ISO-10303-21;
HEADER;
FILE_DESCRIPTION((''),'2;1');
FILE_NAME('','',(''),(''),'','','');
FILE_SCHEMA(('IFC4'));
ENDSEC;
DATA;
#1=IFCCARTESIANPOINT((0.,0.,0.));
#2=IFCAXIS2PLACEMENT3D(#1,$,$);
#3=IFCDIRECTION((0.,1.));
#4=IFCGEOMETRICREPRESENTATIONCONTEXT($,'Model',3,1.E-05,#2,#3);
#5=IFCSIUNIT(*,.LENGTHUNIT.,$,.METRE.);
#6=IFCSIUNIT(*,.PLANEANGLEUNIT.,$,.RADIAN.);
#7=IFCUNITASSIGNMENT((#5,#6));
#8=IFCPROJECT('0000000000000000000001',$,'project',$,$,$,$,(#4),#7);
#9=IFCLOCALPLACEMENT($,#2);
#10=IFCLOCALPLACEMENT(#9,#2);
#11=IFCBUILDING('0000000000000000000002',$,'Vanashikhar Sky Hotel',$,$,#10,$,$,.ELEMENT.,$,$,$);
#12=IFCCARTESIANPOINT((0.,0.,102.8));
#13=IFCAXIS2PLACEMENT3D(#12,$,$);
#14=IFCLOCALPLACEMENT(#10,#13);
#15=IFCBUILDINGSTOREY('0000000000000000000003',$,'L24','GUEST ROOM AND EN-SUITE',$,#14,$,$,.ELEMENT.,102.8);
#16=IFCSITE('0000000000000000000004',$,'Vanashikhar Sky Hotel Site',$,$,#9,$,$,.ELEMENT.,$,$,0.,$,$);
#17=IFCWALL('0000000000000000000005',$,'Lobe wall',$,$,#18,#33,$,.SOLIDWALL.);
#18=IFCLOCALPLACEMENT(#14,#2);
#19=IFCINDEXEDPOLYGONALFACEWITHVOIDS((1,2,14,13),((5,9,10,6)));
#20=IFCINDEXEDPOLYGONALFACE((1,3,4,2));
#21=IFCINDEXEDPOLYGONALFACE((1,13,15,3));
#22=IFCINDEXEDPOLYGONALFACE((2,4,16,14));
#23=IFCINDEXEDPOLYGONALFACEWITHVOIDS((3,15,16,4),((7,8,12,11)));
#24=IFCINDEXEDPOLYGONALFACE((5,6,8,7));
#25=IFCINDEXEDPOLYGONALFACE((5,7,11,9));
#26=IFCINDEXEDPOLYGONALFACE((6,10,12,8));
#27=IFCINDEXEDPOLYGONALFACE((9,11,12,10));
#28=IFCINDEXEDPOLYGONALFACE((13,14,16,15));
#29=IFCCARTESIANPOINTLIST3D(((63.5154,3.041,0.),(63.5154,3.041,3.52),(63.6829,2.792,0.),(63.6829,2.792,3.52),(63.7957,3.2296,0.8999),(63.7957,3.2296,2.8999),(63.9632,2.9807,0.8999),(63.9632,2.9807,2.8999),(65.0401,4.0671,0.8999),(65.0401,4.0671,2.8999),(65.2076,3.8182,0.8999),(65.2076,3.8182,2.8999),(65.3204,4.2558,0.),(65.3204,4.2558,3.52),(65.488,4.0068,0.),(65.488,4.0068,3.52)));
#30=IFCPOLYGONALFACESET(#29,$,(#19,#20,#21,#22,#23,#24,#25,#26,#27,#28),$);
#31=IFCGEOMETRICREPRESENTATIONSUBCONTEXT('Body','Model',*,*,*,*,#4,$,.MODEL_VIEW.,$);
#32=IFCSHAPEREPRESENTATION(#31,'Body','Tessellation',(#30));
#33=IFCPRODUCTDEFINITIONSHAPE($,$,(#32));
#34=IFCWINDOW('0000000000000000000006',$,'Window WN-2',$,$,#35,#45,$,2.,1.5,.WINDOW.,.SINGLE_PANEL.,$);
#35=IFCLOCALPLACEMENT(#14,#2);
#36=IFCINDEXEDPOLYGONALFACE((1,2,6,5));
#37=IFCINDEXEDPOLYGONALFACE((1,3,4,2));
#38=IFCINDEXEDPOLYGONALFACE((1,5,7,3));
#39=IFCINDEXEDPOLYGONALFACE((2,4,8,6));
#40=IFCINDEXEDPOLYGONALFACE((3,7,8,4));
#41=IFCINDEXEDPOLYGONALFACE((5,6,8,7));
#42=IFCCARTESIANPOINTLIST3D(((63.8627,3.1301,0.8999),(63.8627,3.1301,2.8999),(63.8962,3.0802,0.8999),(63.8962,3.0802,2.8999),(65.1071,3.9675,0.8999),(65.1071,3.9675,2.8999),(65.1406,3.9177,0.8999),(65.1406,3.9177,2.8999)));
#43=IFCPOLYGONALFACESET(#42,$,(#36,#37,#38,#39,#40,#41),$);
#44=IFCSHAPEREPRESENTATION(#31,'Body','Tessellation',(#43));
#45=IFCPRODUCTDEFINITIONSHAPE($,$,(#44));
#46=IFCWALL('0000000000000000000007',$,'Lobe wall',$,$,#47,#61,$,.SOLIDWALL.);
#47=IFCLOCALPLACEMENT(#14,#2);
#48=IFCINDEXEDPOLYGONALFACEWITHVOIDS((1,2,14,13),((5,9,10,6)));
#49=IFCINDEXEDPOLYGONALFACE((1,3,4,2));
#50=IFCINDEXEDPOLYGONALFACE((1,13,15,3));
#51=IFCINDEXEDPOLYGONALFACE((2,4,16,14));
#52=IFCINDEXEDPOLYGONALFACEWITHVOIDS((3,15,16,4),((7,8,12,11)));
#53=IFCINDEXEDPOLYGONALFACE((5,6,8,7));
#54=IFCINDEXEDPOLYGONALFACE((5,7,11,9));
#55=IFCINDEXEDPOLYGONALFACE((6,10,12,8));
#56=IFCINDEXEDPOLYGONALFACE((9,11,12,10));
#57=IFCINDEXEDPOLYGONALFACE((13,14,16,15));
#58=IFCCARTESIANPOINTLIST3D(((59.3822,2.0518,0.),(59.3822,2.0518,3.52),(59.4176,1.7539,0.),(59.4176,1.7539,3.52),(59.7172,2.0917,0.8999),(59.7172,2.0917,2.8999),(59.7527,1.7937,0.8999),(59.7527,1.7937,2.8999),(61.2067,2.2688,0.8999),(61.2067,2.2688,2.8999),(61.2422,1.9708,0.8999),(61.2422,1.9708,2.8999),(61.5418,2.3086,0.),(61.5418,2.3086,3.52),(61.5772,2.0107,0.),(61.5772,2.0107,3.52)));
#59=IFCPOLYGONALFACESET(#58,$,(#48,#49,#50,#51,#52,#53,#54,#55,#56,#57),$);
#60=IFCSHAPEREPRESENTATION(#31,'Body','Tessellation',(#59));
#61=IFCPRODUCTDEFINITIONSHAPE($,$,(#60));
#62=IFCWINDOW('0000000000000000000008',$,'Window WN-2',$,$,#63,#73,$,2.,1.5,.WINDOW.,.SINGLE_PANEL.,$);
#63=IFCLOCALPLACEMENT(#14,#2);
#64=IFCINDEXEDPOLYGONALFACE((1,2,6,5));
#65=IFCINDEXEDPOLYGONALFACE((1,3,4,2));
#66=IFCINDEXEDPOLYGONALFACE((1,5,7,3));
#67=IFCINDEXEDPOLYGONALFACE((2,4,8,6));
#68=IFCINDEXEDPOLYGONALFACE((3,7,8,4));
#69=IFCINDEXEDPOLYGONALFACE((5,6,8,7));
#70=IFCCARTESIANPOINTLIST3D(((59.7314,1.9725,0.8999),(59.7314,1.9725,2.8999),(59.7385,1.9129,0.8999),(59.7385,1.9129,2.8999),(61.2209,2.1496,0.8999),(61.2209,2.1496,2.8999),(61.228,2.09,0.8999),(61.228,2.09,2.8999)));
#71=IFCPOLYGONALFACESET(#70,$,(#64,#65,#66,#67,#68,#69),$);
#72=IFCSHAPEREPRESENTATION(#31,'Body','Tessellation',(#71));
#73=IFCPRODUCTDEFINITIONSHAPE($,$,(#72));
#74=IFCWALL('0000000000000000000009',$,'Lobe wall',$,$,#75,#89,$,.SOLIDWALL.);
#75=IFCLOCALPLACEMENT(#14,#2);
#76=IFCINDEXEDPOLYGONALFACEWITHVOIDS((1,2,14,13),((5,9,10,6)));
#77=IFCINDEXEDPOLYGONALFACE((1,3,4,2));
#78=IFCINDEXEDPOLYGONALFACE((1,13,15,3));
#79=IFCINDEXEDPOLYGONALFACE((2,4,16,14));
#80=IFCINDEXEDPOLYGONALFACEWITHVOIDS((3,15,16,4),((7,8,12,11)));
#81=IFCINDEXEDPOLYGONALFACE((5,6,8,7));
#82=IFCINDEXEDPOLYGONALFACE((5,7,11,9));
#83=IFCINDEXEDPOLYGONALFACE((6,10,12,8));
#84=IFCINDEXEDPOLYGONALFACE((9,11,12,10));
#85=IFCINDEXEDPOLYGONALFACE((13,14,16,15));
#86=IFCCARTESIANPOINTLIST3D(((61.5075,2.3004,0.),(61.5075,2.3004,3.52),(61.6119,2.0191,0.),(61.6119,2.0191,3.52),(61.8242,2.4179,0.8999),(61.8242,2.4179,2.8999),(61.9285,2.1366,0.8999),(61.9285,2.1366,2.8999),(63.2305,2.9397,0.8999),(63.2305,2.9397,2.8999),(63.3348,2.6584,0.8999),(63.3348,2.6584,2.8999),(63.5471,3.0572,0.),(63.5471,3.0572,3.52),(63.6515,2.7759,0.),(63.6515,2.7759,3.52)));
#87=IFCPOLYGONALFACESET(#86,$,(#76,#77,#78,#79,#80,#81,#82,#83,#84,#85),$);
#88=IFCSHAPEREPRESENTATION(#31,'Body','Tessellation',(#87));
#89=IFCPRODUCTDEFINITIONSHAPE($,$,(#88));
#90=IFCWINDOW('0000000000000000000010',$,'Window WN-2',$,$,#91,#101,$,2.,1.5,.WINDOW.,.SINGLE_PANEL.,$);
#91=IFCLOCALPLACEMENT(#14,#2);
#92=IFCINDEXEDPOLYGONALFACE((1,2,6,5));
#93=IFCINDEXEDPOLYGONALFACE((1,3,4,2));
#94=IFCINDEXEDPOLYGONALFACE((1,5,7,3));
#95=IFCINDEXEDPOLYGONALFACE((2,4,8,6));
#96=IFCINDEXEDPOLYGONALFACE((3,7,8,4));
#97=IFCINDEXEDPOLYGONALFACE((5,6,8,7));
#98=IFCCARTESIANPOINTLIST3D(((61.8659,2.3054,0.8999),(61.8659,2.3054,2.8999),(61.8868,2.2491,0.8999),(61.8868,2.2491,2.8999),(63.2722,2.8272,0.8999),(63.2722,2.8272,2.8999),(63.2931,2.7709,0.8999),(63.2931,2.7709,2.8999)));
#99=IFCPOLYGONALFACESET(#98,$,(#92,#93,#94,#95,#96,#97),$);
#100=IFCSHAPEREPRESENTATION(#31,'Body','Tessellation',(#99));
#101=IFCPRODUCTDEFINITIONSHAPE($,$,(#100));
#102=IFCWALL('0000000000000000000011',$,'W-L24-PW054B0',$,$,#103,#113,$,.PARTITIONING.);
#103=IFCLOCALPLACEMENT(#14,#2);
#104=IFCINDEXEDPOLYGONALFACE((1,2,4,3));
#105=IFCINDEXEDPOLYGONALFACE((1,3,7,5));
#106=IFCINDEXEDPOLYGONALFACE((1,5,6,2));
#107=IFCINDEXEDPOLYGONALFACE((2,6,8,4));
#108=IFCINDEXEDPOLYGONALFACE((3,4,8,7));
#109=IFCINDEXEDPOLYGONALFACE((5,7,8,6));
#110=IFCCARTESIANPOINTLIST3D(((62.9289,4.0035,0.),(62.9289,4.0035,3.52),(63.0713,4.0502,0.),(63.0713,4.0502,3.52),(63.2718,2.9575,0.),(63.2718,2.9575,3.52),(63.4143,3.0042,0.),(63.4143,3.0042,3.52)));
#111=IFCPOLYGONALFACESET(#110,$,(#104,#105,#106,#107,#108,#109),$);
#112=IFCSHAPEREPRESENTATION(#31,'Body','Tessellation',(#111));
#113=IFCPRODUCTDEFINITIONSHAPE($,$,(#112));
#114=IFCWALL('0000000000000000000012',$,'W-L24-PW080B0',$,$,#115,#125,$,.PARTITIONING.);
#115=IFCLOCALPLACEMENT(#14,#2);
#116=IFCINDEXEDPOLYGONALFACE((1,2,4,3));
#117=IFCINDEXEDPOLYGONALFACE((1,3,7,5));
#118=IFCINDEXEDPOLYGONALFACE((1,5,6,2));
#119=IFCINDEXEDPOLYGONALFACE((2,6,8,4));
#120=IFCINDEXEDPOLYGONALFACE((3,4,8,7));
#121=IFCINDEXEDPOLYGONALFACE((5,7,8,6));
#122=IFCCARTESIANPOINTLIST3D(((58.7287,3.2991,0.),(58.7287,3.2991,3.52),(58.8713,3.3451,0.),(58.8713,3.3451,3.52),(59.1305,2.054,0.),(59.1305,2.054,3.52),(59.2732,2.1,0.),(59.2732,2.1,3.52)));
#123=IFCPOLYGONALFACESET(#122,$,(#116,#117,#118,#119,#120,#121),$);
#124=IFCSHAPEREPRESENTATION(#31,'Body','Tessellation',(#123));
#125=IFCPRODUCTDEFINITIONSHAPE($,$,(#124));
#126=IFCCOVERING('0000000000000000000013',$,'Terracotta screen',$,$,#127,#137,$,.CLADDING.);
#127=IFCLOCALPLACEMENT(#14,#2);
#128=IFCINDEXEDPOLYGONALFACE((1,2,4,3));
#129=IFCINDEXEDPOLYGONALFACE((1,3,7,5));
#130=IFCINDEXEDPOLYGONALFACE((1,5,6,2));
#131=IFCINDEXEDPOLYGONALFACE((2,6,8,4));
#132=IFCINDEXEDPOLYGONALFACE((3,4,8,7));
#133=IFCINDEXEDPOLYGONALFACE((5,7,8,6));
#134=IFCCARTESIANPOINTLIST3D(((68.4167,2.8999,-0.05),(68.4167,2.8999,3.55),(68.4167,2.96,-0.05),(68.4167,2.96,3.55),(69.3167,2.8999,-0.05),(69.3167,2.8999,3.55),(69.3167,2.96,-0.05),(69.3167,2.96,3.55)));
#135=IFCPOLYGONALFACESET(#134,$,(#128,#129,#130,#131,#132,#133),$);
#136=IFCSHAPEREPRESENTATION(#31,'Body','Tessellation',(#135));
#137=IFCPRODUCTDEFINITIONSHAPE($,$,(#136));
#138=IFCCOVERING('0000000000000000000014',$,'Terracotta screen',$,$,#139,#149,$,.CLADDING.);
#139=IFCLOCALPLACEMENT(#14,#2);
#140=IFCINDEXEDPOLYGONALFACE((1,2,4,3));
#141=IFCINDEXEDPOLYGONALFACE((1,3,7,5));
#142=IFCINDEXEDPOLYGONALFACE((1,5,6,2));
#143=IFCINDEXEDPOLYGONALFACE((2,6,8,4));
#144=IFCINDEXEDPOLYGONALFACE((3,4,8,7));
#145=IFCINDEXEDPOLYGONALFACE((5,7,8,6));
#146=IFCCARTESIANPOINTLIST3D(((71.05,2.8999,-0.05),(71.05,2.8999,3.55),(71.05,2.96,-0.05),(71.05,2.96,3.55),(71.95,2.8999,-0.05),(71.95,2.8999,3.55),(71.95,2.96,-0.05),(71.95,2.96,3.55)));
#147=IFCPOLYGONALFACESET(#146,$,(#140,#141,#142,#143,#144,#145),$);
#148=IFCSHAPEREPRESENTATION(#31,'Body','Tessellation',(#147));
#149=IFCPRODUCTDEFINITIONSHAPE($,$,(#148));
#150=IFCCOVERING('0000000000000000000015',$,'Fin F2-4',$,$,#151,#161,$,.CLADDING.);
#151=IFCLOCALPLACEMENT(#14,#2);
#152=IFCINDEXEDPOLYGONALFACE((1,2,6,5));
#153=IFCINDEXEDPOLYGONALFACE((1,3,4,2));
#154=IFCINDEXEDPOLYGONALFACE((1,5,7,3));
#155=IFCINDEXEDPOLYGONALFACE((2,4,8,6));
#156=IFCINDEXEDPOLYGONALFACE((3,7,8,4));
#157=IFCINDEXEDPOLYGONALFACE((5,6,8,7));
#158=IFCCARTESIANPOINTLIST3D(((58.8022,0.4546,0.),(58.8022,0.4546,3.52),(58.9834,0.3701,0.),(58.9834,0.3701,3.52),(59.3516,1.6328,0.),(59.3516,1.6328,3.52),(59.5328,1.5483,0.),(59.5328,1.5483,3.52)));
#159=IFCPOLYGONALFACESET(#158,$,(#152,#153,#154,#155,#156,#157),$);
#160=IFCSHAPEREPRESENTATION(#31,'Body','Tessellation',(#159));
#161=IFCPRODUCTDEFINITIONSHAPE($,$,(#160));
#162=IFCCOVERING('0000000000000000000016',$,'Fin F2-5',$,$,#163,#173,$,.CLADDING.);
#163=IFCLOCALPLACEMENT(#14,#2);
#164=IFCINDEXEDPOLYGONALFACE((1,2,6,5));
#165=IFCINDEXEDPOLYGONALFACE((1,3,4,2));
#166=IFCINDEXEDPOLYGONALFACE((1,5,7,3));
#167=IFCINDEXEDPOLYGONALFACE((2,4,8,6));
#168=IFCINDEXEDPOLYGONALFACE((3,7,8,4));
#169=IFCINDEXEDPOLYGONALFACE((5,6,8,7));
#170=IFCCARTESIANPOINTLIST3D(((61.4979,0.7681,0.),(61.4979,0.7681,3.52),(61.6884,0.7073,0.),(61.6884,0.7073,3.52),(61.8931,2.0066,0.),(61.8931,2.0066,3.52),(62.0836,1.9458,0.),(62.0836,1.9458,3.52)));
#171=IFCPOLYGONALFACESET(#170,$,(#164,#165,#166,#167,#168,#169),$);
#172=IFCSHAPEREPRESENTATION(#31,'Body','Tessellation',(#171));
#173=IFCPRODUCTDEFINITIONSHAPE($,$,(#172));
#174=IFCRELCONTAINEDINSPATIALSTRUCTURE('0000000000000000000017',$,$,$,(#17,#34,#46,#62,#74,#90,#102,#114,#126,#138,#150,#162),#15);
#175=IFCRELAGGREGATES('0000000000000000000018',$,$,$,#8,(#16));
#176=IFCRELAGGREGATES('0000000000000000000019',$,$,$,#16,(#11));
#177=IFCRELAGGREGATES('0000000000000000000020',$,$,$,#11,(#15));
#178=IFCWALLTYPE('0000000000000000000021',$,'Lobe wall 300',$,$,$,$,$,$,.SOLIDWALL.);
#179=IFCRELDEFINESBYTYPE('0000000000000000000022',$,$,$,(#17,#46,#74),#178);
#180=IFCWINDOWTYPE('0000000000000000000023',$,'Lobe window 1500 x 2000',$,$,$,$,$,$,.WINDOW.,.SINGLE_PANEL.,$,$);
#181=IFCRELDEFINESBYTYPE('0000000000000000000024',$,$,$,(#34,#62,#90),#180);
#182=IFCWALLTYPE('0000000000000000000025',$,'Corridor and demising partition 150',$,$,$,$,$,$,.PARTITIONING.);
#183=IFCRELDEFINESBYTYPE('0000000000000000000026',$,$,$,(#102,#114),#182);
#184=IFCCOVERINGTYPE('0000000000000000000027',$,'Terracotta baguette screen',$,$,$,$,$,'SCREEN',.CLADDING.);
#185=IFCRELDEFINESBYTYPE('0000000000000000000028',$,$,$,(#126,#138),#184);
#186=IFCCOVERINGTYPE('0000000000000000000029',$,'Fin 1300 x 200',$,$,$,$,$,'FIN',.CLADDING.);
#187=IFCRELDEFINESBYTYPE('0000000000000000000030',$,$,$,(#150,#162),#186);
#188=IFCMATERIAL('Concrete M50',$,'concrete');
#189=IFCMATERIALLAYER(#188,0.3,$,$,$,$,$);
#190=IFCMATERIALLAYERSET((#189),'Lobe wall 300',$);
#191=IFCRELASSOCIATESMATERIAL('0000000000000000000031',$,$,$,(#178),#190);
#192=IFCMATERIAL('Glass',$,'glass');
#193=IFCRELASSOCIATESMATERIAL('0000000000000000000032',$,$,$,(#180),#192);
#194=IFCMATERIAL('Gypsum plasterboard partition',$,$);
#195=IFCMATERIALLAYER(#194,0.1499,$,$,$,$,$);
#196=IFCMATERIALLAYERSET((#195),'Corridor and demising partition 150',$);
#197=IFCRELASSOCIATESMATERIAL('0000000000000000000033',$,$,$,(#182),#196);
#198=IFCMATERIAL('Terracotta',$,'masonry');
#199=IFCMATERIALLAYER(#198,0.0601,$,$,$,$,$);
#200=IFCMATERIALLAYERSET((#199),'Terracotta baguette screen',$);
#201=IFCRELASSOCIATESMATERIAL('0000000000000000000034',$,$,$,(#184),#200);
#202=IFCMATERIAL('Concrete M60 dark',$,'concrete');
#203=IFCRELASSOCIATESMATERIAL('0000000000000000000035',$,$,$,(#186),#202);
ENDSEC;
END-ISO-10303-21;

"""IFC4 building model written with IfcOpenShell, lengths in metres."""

from ifc_helpers import new_model, si_unit, direction, frame, frame_2d, origin, origin_2d, place, context, subcontext, project, spatial, rectangle, extrude, source, transform, mapped, material, layer, layer_set, material_profile, profile_set, type_object, element, fill, save


model = new_model("IFC4")

# Units and contexts
model_context = context("Model", 3, precision=1e-05, world=origin(), true_north=direction((0.0, 1.0)))
body_context = subcontext(model_context, "Body", "Model", "MODEL_VIEW")
ifc_project = project(units=[si_unit("LENGTHUNIT", "METRE"), si_unit("PLANEANGLEUNIT", "RADIAN")], contexts=[model_context])

# Site, building, storey
site_placement = place(None, origin())
site = spatial("IfcSite", under=ifc_project, at=site_placement, Name="Vanashikhar Sky Hotel Site", CompositionType="ELEMENT", RefElevation=0.0)
building_placement = place(site_placement, origin())
building = spatial("IfcBuilding", under=site, at=building_placement, Name="Vanashikhar Sky Hotel", CompositionType="ELEMENT")
storey_placement = place(building_placement, frame((0.0, 0.0, 102.8)))
storey = spatial("IfcBuildingStorey", under=building, at=storey_placement, Name="L24", Description="GUEST ROOM AND EN-SUITE", CompositionType="ELEMENT", Elevation=102.8)

# Walls, openings, windows
ifc_material_1 = material(Name="Concrete M50", Category="concrete")
ifc_layer_1 = layer(ifc_material_1, 0.3)
ifc_layer_set_1 = layer_set([ifc_layer_1], Name="Lobe wall 300")
wall_type_1 = type_object("IfcWallType", Name="Lobe wall 300", PredefinedType="SOLIDWALL", material=ifc_layer_set_1)
shared_shape_1 = source(origin(), body_context, "Body", "SweptSolid", [
    extrude(rectangle(XDim=2.1758, YDim=0.3, at=frame_2d((1.0879, 0.0))), origin(), (0.0, 0.0, 1.0), 3.52),
])
wall_1_placement = place(storey_placement, frame((63.5991, 2.9165, 0.0), z_axis=(0.0, 0.0, 1.0), x_axis=(0.829626, 0.55832, 0.0)))
wall_1 = element("IfcWall", 1, at=wall_1_placement, inside=storey, type_object=wall_type_1, Name="Lobe wall", PredefinedType="SOLIDWALL", context=body_context, shape_type="MappedRepresentation", body=[
    mapped(shared_shape_1, transform((0.0, 0.0, 0.0), scale=1.0)),
])
shared_shape_2 = source(origin(), body_context, "Body", "SweptSolid", [
    extrude(rectangle(XDim=1.5, YDim=2.0, at=frame_2d((0.75, 1.0))), frame((0.0, 0.1602, 0.0), z_axis=(0.0, -1.0, 0.0), x_axis=(1.0, 0.0, 0.0)), (0.0, 0.0, 1.0), 0.3201),
])
opening_1_placement = place(wall_1_placement, frame((0.3379, 0.0, 0.8999)))
opening_1 = element("IfcOpeningElement", 2, at=opening_1_placement, cuts=wall_1, PredefinedType="OPENING", context=body_context, shape_type="MappedRepresentation", body=[
    mapped(shared_shape_2, transform((0.0, 0.0, 0.0), scale=1.0)),
])
ifc_material_2 = material(Name="Glass", Category="glass")
window_type = type_object("IfcWindowType", Name="Lobe window 1500 x 2000", PartitioningType="SINGLE_PANEL", PredefinedType="WINDOW", material=ifc_material_2)
shared_shape_3 = source(origin(), body_context, "Body", "SweptSolid", [
    extrude(rectangle(XDim=1.5, YDim=2.0, at=frame_2d((0.75, 1.0))), frame((0.0, 0.03, 0.0), z_axis=(0.0, -1.0, 0.0), x_axis=(1.0, 0.0, 0.0)), (0.0, 0.0, 1.0), 0.0601),
])
window_1_placement = place(opening_1_placement, origin())
window_1 = element("IfcWindow", 3, at=window_1_placement, inside=storey, type_object=window_type, Name="Window WN-2", OverallHeight=2.0, OverallWidth=1.5, PartitioningType="SINGLE_PANEL", PredefinedType="WINDOW", context=body_context, shape_type="MappedRepresentation", body=[
    mapped(shared_shape_3, transform((0.0, 0.0, 0.0), scale=1.0)),
])
fill(opening_1, window_1)
shared_shape_4 = source(origin(), body_context, "Body", "SweptSolid", [
    extrude(rectangle(XDim=2.1748, YDim=0.3, at=frame_2d((1.0874, 0.0))), origin(), (0.0, 0.0, 1.0), 3.52),
])
wall_2_placement = place(storey_placement, frame((59.3999, 1.9028, 0.0), z_axis=(0.0, 0.0, 1.0), x_axis=(0.993003, 0.118092, 0.0)))
wall_2 = element("IfcWall", 4, at=wall_2_placement, inside=storey, type_object=wall_type_1, Name="Lobe wall", PredefinedType="SOLIDWALL", context=body_context, shape_type="MappedRepresentation", body=[
    mapped(shared_shape_4, transform((0.0, 0.0, 0.0), scale=1.0)),
])
opening_2_placement = place(wall_2_placement, frame((0.3374, 0.0, 0.8999)))
opening_2 = element("IfcOpeningElement", 5, at=opening_2_placement, cuts=wall_2, PredefinedType="OPENING", context=body_context, shape_type="MappedRepresentation", body=[
    mapped(shared_shape_2, transform((0.0, 0.0, 0.0), scale=1.0)),
])
window_2_placement = place(opening_2_placement, origin())
window_2 = element("IfcWindow", 6, at=window_2_placement, inside=storey, type_object=window_type, Name="Window WN-2", OverallHeight=2.0, OverallWidth=1.5, PartitioningType="SINGLE_PANEL", PredefinedType="WINDOW", context=body_context, shape_type="MappedRepresentation", body=[
    mapped(shared_shape_3, transform((0.0, 0.0, 0.0), scale=1.0)),
])
fill(opening_2, window_2)
shared_shape_5 = source(origin(), body_context, "Body", "SweptSolid", [
    extrude(rectangle(XDim=2.1755, YDim=0.3, at=frame_2d((1.0879, 0.0))), origin(), (0.0, 0.0, 1.0), 3.52),
])
wall_3_placement = place(storey_placement, frame((61.5596, 2.1597, 0.0), z_axis=(0.0, 0.0, 1.0), x_axis=(0.937532, 0.347899, 0.0)))
wall_3 = element("IfcWall", 7, at=wall_3_placement, inside=storey, type_object=wall_type_1, Name="Lobe wall", PredefinedType="SOLIDWALL", context=body_context, shape_type="MappedRepresentation", body=[
    mapped(shared_shape_5, transform((0.0, 0.0, 0.0), scale=1.0)),
])
opening_3_placement = place(wall_3_placement, frame((0.3379, 0.0, 0.8999)))
opening_3 = element("IfcOpeningElement", 8, at=opening_3_placement, cuts=wall_3, PredefinedType="OPENING", context=body_context, shape_type="MappedRepresentation", body=[
    mapped(shared_shape_2, transform((0.0, 0.0, 0.0), scale=1.0)),
])
window_3_placement = place(opening_3_placement, origin())
window_3 = element("IfcWindow", 9, at=window_3_placement, inside=storey, type_object=window_type, Name="Window WN-2", OverallHeight=2.0, OverallWidth=1.5, PartitioningType="SINGLE_PANEL", PredefinedType="WINDOW", context=body_context, shape_type="MappedRepresentation", body=[
    mapped(shared_shape_3, transform((0.0, 0.0, 0.0), scale=1.0)),
])
fill(opening_3, window_3)

# Walls
ifc_material_3 = material(Name="Gypsum plasterboard partition")
ifc_layer_2 = layer(ifc_material_3, 0.1499)
ifc_layer_set_2 = layer_set([ifc_layer_2], Name="Corridor and demising partition 150")
wall_type_2 = type_object("IfcWallType", Name="Corridor and demising partition 150", PredefinedType="PARTITIONING", material=ifc_layer_set_2)
shared_shape_6 = source(origin(), body_context, "Body", "SweptSolid", [
    extrude(rectangle(XDim=1.1008, YDim=0.1499, at=frame_2d((0.5503, 0.0))), origin(), (0.0, 0.0, 1.0), 3.52),
])
wall_4_placement = place(storey_placement, frame((63.343, 2.981, 0.0), z_axis=(0.0, 0.0, 1.0), x_axis=(-0.311567, 0.950224, 0.0)))
element("IfcWall", 10, at=wall_4_placement, inside=storey, type_object=wall_type_2, Name="W-L24-PW054B0", PredefinedType="PARTITIONING", context=body_context, shape_type="MappedRepresentation", body=[
    mapped(shared_shape_6, transform((0.0, 0.0, 0.0), scale=1.0)),
])
shared_shape_7 = source(origin(), body_context, "Body", "SweptSolid", [
    extrude(rectangle(XDim=1.3083, YDim=0.1499, at=frame_2d((0.6543, 0.0))), origin(), (0.0, 0.0, 1.0), 3.52),
])
wall_5_placement = place(storey_placement, frame((59.2019, 2.0769, 0.0), z_axis=(0.0, 0.0, 1.0), x_axis=(-0.307145, 0.951663, 0.0)))
element("IfcWall", 11, at=wall_5_placement, inside=storey, type_object=wall_type_2, Name="W-L24-PW080B0", PredefinedType="PARTITIONING", context=body_context, shape_type="MappedRepresentation", body=[
    mapped(shared_shape_7, transform((0.0, 0.0, 0.0), scale=1.0)),
])

# Coverings
ifc_material_4 = material(Name="Terracotta", Category="masonry")
ifc_layer_3 = layer(ifc_material_4, 0.0601)
ifc_layer_set_3 = layer_set([ifc_layer_3], Name="Terracotta baguette screen")
covering_type_1 = type_object("IfcCoveringType", Name="Terracotta baguette screen", ElementType="SCREEN", PredefinedType="CLADDING", material=ifc_layer_set_3)
shared_shape_8 = source(origin(), body_context, "Body", "SweptSolid", [
    extrude(rectangle(XDim=0.8999, YDim=0.0601, at=origin_2d()), origin(), (0.0, 0.0, 1.0), 3.6001),
])
for number, where, z_axis, x_axis, name in (
    (12, (68.8667, 2.9299, -0.05), (0.0, 0.0, 1.0), (1.0, 0.0, 0.0), "Terracotta screen"),
    (13, (71.5, 2.9299, -0.05), (0.0, 0.0, 1.0), (1.0, 0.0, 0.0), "Terracotta screen"),
):
    element("IfcCovering", number, at=place(storey_placement, frame(where, z_axis=z_axis, x_axis=x_axis)), inside=storey, type_object=covering_type_1, Name=name, PredefinedType="CLADDING", context=body_context, shape_type="MappedRepresentation", body=[
        mapped(shared_shape_8, transform((0.0, 0.0, 0.0), scale=1.0)),
    ])
ifc_material_5 = material(Name="Concrete M60 dark", Category="concrete")
ifc_material_profile = material_profile(ifc_material_5, rectangle(XDim=1.3, YDim=0.2, at=origin_2d()))
ifc_profile_set = profile_set([ifc_material_profile], Name="Fin 1300 x 200")
covering_type_2 = type_object("IfcCoveringType", Name="Fin 1300 x 200", ElementType="FIN", PredefinedType="CLADDING", material=ifc_profile_set)
shared_shape_9 = source(origin(), body_context, "Body", "SweptSolid", [
    extrude(rectangle(XDim=1.3, YDim=0.2, at=origin_2d()), origin(), (0.0, 0.0, 1.0), 3.52),
])
for number, where, z_axis, x_axis, name in (
    (14, (59.1675, 1.0015, 0.0), (0.0, 0.0, 1.0), (-0.422618, -0.906308, 0.0), "Fin F2-4"),
    (15, (61.7908, 1.3569, 0.0), (0.0, 0.0, 1.0), (-0.303967, -0.952683, 0.0), "Fin F2-5"),
):
    element("IfcCovering", number, at=place(storey_placement, frame(where, z_axis=z_axis, x_axis=x_axis)), inside=storey, type_object=covering_type_2, Name=name, PredefinedType="CLADDING", context=body_context, shape_type="MappedRepresentation", body=[
        mapped(shared_shape_9, transform((0.0, 0.0, 0.0), scale=1.0)),
    ])

save(model, "model.ifc")
